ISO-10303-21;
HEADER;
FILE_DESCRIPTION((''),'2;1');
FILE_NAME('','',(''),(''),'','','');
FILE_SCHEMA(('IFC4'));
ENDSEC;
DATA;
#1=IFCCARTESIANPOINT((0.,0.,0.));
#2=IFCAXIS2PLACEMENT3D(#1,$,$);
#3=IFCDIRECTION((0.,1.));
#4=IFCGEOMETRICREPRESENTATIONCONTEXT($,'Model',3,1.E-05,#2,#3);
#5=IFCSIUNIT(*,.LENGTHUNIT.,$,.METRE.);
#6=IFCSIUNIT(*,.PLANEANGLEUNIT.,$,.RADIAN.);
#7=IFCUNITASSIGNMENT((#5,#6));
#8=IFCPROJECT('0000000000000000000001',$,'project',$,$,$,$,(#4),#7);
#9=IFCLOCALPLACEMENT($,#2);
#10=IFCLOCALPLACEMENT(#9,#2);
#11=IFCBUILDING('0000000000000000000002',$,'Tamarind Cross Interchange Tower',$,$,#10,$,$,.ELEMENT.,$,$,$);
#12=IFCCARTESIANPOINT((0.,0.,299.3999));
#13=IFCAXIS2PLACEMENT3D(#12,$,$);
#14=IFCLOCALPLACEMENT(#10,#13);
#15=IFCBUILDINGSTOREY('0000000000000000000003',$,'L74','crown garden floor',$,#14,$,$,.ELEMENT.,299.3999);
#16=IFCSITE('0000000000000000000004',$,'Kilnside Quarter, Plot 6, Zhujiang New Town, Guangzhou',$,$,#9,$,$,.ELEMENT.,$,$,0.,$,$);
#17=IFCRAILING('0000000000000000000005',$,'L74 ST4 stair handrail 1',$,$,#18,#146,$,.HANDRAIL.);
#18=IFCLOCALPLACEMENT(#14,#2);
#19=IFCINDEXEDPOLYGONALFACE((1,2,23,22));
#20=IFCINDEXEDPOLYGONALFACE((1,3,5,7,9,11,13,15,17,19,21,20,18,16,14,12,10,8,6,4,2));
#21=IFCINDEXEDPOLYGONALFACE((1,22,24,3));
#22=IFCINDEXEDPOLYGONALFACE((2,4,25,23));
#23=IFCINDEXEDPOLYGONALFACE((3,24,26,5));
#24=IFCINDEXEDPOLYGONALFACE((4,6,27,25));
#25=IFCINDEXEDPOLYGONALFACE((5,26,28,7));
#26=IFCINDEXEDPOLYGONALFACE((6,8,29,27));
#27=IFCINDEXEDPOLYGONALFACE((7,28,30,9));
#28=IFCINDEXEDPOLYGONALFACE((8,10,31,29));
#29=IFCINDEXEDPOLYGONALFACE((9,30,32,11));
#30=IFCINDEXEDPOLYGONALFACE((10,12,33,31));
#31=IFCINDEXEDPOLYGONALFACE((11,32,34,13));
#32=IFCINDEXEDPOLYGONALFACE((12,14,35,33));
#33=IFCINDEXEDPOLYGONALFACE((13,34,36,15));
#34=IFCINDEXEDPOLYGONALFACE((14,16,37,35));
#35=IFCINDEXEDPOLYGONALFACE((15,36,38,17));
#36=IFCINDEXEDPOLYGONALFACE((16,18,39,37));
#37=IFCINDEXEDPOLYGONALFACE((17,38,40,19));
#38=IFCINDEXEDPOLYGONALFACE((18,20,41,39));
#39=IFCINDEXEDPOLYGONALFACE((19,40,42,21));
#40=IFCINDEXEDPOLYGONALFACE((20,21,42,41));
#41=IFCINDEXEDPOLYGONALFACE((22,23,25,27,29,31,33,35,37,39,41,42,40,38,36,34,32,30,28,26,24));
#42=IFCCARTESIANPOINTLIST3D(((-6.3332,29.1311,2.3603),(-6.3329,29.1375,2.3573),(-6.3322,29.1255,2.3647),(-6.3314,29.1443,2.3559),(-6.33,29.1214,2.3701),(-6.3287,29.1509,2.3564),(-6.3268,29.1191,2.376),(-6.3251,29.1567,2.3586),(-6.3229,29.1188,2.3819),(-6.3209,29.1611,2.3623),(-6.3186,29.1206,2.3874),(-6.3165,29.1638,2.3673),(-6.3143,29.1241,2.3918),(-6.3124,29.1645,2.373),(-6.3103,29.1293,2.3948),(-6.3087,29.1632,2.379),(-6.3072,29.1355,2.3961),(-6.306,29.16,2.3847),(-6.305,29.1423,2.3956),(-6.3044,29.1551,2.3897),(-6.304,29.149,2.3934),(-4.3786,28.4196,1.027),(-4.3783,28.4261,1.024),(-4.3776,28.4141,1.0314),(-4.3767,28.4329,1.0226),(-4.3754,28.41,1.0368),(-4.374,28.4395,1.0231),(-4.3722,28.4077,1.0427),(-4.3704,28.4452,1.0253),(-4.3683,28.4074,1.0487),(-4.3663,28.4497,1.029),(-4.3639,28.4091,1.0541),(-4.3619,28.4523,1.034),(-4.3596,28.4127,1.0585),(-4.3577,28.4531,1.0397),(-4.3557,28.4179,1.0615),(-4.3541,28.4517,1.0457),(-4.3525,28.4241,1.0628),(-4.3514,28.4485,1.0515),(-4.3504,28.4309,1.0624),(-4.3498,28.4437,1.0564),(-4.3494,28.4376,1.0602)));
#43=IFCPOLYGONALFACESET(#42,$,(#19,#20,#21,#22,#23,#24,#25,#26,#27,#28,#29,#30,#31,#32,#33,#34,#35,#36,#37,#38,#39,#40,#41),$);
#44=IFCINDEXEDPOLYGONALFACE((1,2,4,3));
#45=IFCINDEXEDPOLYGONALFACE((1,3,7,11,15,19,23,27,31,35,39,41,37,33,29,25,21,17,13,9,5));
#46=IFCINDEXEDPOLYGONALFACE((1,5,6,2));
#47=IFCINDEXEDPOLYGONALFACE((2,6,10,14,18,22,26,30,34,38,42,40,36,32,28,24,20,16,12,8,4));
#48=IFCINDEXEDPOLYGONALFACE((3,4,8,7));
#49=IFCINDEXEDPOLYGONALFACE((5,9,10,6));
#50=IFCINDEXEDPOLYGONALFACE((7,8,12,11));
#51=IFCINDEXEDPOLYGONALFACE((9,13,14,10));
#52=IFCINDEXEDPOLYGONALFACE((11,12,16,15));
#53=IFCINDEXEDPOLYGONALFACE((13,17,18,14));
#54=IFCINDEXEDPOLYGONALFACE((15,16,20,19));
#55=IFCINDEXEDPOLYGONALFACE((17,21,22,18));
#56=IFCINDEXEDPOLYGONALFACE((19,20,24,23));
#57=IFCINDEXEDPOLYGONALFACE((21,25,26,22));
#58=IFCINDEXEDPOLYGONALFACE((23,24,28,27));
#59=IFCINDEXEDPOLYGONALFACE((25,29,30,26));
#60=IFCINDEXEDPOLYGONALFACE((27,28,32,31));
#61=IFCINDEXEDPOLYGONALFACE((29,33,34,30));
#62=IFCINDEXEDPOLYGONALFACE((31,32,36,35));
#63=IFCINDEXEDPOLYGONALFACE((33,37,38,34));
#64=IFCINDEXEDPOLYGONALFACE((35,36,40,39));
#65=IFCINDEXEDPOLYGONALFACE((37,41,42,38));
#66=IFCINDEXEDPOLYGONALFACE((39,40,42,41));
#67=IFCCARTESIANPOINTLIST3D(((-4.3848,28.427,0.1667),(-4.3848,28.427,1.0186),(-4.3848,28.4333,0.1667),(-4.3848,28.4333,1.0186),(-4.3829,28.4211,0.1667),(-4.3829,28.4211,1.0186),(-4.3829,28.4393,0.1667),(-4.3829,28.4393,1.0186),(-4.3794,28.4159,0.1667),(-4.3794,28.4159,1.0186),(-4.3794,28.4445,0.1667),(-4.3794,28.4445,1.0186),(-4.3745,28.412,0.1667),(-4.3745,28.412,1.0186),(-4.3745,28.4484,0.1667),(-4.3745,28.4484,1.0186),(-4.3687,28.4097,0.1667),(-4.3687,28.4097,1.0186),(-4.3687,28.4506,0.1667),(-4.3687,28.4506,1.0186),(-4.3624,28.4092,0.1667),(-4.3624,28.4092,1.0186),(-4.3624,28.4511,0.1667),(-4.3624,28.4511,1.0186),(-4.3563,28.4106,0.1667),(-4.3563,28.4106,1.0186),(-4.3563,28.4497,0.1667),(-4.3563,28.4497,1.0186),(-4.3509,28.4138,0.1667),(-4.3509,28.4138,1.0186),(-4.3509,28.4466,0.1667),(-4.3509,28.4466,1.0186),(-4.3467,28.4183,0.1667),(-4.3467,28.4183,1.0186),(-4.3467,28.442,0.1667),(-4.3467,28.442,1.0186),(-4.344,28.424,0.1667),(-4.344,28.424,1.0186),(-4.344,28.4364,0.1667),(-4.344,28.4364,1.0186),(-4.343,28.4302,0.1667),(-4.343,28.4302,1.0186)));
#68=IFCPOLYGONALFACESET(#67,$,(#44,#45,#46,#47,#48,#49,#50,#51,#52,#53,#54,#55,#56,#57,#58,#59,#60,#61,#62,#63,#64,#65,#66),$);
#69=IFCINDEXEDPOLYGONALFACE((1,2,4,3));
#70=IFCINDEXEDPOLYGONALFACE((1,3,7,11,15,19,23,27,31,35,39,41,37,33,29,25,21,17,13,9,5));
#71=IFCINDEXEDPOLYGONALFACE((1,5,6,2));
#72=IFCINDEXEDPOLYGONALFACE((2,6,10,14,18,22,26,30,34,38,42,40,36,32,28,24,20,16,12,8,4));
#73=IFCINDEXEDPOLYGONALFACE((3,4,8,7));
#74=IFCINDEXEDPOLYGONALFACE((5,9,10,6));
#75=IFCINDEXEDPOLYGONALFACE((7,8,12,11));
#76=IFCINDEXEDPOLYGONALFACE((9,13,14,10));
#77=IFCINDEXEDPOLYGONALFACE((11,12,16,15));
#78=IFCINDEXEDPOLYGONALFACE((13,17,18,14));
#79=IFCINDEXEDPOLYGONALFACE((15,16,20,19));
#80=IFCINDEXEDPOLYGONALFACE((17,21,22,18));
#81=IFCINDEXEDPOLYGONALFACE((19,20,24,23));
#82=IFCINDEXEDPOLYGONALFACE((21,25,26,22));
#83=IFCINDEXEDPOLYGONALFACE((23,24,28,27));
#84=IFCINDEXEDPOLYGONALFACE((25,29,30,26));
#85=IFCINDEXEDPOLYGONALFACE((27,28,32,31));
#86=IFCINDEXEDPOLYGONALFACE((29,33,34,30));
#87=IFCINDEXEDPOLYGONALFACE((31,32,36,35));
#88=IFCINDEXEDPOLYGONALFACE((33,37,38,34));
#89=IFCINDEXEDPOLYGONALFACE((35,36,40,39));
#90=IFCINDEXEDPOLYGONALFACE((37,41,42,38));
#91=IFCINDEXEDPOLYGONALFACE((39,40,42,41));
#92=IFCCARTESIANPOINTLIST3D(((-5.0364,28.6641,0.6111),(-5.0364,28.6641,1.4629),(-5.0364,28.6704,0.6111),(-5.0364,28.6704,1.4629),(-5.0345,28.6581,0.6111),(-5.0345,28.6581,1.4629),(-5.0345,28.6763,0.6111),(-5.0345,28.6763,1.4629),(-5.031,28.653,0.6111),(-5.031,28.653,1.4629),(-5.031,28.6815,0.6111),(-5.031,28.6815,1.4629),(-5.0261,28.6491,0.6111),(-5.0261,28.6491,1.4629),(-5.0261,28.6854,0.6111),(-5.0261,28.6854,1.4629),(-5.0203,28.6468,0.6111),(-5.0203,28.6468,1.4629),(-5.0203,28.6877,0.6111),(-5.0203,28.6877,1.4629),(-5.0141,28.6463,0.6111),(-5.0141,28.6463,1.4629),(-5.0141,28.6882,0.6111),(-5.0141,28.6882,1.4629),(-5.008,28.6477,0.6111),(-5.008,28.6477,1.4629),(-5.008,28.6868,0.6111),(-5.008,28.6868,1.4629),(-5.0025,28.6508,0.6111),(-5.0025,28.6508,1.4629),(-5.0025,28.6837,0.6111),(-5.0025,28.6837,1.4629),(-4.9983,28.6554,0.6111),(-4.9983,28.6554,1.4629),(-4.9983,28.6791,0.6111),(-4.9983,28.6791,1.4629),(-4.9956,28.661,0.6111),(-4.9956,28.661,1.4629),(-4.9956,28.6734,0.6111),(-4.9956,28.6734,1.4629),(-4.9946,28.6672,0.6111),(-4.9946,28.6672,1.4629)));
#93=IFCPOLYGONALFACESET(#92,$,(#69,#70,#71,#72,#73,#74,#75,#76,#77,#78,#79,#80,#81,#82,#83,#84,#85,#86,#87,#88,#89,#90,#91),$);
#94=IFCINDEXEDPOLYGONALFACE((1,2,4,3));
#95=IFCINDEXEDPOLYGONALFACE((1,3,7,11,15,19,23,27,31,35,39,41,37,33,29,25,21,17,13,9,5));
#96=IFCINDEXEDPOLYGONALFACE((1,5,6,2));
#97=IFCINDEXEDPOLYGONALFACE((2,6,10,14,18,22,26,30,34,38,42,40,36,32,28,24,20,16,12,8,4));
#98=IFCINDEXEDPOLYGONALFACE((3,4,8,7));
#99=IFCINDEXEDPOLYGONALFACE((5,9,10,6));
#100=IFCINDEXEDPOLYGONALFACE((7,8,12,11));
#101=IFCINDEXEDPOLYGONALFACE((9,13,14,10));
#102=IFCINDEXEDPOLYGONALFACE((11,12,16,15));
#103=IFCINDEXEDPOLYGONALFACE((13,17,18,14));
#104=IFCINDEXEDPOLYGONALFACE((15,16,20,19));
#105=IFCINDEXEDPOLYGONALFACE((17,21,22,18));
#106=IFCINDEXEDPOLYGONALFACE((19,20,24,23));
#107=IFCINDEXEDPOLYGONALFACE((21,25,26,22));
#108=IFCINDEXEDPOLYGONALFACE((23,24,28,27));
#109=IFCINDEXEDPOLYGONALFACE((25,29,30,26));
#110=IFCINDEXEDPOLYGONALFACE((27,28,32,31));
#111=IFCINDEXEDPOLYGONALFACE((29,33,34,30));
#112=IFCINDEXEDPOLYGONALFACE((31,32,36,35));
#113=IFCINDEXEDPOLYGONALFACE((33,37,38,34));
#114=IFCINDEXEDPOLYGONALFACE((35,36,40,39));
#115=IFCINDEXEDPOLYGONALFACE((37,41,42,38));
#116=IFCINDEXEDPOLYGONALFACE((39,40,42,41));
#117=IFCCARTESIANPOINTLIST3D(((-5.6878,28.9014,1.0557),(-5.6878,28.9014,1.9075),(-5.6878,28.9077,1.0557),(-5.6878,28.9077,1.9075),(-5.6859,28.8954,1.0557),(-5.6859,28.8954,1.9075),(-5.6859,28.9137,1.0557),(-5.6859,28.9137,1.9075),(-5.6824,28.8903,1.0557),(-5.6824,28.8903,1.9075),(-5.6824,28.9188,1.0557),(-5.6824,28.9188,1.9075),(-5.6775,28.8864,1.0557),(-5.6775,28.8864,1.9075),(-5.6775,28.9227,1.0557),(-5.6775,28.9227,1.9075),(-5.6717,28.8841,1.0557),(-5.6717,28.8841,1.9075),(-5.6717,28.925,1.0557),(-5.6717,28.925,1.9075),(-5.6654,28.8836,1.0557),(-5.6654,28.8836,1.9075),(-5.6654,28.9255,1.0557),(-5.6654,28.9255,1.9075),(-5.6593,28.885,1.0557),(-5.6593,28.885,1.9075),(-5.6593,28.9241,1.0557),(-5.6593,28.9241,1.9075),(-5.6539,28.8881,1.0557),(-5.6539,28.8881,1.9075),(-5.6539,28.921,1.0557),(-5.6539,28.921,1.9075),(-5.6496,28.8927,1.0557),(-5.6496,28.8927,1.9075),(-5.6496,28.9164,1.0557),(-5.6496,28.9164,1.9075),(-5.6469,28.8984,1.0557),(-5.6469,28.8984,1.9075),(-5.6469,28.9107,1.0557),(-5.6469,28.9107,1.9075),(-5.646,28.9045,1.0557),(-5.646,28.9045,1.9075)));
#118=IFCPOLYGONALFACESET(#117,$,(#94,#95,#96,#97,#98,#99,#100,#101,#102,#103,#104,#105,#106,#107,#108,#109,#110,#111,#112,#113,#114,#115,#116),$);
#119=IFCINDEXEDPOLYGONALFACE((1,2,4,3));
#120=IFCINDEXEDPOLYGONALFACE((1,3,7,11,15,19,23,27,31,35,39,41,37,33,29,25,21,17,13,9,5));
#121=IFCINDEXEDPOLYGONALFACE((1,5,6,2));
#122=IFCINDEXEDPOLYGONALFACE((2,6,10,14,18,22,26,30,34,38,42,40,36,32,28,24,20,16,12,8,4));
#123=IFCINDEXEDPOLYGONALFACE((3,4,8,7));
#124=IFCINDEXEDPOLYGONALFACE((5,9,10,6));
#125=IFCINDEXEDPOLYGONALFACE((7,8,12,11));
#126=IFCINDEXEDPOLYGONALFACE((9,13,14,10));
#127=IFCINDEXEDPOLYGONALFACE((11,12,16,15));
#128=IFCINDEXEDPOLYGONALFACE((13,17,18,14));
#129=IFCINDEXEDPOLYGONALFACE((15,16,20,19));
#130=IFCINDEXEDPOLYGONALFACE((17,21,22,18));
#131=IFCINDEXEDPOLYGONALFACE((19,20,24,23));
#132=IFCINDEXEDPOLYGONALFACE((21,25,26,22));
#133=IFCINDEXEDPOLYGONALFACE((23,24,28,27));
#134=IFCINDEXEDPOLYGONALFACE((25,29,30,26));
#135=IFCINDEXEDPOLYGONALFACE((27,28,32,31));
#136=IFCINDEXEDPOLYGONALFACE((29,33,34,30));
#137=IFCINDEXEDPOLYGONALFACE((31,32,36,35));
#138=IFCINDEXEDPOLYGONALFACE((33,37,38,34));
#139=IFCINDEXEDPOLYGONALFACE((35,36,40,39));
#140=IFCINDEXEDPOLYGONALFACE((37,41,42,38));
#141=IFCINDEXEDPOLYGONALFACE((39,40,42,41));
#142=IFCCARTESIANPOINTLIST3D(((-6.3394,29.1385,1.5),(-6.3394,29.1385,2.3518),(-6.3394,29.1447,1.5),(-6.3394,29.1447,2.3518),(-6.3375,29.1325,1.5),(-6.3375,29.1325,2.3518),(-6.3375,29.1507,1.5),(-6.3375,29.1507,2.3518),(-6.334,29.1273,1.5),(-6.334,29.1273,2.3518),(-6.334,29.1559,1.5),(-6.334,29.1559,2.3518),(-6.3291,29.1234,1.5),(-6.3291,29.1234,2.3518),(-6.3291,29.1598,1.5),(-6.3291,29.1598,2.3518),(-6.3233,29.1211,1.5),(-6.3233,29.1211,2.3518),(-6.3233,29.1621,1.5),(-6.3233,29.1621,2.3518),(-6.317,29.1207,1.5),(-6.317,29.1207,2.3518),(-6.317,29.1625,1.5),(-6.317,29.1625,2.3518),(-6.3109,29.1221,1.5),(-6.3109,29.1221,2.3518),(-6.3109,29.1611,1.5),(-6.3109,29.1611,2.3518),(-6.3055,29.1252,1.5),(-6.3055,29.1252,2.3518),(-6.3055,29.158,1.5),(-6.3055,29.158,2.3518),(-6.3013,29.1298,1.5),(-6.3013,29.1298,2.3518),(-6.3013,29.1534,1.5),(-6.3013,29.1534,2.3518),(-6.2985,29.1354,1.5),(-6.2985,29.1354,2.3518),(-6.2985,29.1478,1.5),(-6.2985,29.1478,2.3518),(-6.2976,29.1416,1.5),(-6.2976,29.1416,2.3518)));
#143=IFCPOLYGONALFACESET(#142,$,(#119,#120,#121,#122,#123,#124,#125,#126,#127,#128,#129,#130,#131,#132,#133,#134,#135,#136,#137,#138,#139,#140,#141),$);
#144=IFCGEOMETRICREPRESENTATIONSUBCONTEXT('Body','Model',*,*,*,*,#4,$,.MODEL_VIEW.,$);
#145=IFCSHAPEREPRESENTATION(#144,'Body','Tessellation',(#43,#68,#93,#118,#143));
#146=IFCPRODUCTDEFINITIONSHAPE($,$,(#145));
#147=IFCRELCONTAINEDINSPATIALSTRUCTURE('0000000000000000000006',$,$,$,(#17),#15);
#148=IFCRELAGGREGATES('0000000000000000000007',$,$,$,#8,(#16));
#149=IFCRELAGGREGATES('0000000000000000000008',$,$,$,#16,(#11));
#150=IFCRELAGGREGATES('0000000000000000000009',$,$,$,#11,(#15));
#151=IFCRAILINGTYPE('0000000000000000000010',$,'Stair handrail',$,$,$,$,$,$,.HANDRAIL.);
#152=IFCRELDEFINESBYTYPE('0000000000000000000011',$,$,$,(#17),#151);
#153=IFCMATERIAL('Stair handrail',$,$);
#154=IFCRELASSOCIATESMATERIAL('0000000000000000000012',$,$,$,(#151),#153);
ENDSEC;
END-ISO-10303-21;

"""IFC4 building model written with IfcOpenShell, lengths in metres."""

from ifc_helpers import new_model, si_unit, direction, frame, origin, origin_2d, place, context, subcontext, project, spatial, circle, extrude, material, type_object, element, save


model = new_model("IFC4")

# Units and contexts
model_context = context("Model", 3, precision=1e-05, world=origin(), true_north=direction((0.0, 1.0)))
body_context = subcontext(model_context, "Body", "Model", "MODEL_VIEW")
ifc_project = project(units=[si_unit("LENGTHUNIT", "METRE"), si_unit("PLANEANGLEUNIT", "RADIAN")], contexts=[model_context])

# Site, building, storey
site_placement = place(None, origin())
site = spatial("IfcSite", under=ifc_project, at=site_placement, Name="Kilnside Quarter, Plot 6, Zhujiang New Town, Guangzhou", CompositionType="ELEMENT", RefElevation=0.0)
building_placement = place(site_placement, origin())
building = spatial("IfcBuilding", under=site, at=building_placement, Name="Tamarind Cross Interchange Tower", CompositionType="ELEMENT")
storey_placement = place(building_placement, frame((0.0, 0.0, 299.3999)))
storey = spatial("IfcBuildingStorey", under=building, at=storey_placement, Name="L74", Description="crown garden floor", CompositionType="ELEMENT", Elevation=299.3999)

# Railing
ifc_material_1 = material(Name="Stair handrail")
railing_type_1 = type_object("IfcRailingType", Name="Stair handrail", PredefinedType="HANDRAIL", material=ifc_material_1)
for number, where, name in (
    (1, (-4.364, 28.4302, 0.1667), "L74 ST4 stair handrail 1"),
):
    element("IfcRailing", number, at=place(storey_placement, frame(where)), inside=storey, type_object=railing_type_1, Name=name, PredefinedType="HANDRAIL", context=body_context, shape_type="SweptSolid", body=[
        extrude(circle(Radius=0.0239, at=origin_2d()), frame((0.0, 0.0, 0.876), z_axis=(-0.791124, 0.287951, 0.539636), x_axis=(-0.342026, -0.939691, 0.0)), (0.0, 0.0, 1.0), 2.4707),
        extrude(circle(Radius=0.021, at=origin_2d()), origin(), (0.0, 0.0, 1.0), 0.8518),
        extrude(circle(Radius=0.021, at=origin_2d()), frame((-0.6516, 0.2371, 0.4443)), (0.0, 0.0, 1.0), 0.8518),
        extrude(circle(Radius=0.021, at=origin_2d()), frame((-1.303, 0.4744, 0.8889)), (0.0, 0.0, 1.0), 0.8518),
        extrude(circle(Radius=0.021, at=origin_2d()), frame((-1.9546, 0.7114, 1.3333)), (0.0, 0.0, 1.0), 0.8518),
    ])

save(model, "model.ifc")
